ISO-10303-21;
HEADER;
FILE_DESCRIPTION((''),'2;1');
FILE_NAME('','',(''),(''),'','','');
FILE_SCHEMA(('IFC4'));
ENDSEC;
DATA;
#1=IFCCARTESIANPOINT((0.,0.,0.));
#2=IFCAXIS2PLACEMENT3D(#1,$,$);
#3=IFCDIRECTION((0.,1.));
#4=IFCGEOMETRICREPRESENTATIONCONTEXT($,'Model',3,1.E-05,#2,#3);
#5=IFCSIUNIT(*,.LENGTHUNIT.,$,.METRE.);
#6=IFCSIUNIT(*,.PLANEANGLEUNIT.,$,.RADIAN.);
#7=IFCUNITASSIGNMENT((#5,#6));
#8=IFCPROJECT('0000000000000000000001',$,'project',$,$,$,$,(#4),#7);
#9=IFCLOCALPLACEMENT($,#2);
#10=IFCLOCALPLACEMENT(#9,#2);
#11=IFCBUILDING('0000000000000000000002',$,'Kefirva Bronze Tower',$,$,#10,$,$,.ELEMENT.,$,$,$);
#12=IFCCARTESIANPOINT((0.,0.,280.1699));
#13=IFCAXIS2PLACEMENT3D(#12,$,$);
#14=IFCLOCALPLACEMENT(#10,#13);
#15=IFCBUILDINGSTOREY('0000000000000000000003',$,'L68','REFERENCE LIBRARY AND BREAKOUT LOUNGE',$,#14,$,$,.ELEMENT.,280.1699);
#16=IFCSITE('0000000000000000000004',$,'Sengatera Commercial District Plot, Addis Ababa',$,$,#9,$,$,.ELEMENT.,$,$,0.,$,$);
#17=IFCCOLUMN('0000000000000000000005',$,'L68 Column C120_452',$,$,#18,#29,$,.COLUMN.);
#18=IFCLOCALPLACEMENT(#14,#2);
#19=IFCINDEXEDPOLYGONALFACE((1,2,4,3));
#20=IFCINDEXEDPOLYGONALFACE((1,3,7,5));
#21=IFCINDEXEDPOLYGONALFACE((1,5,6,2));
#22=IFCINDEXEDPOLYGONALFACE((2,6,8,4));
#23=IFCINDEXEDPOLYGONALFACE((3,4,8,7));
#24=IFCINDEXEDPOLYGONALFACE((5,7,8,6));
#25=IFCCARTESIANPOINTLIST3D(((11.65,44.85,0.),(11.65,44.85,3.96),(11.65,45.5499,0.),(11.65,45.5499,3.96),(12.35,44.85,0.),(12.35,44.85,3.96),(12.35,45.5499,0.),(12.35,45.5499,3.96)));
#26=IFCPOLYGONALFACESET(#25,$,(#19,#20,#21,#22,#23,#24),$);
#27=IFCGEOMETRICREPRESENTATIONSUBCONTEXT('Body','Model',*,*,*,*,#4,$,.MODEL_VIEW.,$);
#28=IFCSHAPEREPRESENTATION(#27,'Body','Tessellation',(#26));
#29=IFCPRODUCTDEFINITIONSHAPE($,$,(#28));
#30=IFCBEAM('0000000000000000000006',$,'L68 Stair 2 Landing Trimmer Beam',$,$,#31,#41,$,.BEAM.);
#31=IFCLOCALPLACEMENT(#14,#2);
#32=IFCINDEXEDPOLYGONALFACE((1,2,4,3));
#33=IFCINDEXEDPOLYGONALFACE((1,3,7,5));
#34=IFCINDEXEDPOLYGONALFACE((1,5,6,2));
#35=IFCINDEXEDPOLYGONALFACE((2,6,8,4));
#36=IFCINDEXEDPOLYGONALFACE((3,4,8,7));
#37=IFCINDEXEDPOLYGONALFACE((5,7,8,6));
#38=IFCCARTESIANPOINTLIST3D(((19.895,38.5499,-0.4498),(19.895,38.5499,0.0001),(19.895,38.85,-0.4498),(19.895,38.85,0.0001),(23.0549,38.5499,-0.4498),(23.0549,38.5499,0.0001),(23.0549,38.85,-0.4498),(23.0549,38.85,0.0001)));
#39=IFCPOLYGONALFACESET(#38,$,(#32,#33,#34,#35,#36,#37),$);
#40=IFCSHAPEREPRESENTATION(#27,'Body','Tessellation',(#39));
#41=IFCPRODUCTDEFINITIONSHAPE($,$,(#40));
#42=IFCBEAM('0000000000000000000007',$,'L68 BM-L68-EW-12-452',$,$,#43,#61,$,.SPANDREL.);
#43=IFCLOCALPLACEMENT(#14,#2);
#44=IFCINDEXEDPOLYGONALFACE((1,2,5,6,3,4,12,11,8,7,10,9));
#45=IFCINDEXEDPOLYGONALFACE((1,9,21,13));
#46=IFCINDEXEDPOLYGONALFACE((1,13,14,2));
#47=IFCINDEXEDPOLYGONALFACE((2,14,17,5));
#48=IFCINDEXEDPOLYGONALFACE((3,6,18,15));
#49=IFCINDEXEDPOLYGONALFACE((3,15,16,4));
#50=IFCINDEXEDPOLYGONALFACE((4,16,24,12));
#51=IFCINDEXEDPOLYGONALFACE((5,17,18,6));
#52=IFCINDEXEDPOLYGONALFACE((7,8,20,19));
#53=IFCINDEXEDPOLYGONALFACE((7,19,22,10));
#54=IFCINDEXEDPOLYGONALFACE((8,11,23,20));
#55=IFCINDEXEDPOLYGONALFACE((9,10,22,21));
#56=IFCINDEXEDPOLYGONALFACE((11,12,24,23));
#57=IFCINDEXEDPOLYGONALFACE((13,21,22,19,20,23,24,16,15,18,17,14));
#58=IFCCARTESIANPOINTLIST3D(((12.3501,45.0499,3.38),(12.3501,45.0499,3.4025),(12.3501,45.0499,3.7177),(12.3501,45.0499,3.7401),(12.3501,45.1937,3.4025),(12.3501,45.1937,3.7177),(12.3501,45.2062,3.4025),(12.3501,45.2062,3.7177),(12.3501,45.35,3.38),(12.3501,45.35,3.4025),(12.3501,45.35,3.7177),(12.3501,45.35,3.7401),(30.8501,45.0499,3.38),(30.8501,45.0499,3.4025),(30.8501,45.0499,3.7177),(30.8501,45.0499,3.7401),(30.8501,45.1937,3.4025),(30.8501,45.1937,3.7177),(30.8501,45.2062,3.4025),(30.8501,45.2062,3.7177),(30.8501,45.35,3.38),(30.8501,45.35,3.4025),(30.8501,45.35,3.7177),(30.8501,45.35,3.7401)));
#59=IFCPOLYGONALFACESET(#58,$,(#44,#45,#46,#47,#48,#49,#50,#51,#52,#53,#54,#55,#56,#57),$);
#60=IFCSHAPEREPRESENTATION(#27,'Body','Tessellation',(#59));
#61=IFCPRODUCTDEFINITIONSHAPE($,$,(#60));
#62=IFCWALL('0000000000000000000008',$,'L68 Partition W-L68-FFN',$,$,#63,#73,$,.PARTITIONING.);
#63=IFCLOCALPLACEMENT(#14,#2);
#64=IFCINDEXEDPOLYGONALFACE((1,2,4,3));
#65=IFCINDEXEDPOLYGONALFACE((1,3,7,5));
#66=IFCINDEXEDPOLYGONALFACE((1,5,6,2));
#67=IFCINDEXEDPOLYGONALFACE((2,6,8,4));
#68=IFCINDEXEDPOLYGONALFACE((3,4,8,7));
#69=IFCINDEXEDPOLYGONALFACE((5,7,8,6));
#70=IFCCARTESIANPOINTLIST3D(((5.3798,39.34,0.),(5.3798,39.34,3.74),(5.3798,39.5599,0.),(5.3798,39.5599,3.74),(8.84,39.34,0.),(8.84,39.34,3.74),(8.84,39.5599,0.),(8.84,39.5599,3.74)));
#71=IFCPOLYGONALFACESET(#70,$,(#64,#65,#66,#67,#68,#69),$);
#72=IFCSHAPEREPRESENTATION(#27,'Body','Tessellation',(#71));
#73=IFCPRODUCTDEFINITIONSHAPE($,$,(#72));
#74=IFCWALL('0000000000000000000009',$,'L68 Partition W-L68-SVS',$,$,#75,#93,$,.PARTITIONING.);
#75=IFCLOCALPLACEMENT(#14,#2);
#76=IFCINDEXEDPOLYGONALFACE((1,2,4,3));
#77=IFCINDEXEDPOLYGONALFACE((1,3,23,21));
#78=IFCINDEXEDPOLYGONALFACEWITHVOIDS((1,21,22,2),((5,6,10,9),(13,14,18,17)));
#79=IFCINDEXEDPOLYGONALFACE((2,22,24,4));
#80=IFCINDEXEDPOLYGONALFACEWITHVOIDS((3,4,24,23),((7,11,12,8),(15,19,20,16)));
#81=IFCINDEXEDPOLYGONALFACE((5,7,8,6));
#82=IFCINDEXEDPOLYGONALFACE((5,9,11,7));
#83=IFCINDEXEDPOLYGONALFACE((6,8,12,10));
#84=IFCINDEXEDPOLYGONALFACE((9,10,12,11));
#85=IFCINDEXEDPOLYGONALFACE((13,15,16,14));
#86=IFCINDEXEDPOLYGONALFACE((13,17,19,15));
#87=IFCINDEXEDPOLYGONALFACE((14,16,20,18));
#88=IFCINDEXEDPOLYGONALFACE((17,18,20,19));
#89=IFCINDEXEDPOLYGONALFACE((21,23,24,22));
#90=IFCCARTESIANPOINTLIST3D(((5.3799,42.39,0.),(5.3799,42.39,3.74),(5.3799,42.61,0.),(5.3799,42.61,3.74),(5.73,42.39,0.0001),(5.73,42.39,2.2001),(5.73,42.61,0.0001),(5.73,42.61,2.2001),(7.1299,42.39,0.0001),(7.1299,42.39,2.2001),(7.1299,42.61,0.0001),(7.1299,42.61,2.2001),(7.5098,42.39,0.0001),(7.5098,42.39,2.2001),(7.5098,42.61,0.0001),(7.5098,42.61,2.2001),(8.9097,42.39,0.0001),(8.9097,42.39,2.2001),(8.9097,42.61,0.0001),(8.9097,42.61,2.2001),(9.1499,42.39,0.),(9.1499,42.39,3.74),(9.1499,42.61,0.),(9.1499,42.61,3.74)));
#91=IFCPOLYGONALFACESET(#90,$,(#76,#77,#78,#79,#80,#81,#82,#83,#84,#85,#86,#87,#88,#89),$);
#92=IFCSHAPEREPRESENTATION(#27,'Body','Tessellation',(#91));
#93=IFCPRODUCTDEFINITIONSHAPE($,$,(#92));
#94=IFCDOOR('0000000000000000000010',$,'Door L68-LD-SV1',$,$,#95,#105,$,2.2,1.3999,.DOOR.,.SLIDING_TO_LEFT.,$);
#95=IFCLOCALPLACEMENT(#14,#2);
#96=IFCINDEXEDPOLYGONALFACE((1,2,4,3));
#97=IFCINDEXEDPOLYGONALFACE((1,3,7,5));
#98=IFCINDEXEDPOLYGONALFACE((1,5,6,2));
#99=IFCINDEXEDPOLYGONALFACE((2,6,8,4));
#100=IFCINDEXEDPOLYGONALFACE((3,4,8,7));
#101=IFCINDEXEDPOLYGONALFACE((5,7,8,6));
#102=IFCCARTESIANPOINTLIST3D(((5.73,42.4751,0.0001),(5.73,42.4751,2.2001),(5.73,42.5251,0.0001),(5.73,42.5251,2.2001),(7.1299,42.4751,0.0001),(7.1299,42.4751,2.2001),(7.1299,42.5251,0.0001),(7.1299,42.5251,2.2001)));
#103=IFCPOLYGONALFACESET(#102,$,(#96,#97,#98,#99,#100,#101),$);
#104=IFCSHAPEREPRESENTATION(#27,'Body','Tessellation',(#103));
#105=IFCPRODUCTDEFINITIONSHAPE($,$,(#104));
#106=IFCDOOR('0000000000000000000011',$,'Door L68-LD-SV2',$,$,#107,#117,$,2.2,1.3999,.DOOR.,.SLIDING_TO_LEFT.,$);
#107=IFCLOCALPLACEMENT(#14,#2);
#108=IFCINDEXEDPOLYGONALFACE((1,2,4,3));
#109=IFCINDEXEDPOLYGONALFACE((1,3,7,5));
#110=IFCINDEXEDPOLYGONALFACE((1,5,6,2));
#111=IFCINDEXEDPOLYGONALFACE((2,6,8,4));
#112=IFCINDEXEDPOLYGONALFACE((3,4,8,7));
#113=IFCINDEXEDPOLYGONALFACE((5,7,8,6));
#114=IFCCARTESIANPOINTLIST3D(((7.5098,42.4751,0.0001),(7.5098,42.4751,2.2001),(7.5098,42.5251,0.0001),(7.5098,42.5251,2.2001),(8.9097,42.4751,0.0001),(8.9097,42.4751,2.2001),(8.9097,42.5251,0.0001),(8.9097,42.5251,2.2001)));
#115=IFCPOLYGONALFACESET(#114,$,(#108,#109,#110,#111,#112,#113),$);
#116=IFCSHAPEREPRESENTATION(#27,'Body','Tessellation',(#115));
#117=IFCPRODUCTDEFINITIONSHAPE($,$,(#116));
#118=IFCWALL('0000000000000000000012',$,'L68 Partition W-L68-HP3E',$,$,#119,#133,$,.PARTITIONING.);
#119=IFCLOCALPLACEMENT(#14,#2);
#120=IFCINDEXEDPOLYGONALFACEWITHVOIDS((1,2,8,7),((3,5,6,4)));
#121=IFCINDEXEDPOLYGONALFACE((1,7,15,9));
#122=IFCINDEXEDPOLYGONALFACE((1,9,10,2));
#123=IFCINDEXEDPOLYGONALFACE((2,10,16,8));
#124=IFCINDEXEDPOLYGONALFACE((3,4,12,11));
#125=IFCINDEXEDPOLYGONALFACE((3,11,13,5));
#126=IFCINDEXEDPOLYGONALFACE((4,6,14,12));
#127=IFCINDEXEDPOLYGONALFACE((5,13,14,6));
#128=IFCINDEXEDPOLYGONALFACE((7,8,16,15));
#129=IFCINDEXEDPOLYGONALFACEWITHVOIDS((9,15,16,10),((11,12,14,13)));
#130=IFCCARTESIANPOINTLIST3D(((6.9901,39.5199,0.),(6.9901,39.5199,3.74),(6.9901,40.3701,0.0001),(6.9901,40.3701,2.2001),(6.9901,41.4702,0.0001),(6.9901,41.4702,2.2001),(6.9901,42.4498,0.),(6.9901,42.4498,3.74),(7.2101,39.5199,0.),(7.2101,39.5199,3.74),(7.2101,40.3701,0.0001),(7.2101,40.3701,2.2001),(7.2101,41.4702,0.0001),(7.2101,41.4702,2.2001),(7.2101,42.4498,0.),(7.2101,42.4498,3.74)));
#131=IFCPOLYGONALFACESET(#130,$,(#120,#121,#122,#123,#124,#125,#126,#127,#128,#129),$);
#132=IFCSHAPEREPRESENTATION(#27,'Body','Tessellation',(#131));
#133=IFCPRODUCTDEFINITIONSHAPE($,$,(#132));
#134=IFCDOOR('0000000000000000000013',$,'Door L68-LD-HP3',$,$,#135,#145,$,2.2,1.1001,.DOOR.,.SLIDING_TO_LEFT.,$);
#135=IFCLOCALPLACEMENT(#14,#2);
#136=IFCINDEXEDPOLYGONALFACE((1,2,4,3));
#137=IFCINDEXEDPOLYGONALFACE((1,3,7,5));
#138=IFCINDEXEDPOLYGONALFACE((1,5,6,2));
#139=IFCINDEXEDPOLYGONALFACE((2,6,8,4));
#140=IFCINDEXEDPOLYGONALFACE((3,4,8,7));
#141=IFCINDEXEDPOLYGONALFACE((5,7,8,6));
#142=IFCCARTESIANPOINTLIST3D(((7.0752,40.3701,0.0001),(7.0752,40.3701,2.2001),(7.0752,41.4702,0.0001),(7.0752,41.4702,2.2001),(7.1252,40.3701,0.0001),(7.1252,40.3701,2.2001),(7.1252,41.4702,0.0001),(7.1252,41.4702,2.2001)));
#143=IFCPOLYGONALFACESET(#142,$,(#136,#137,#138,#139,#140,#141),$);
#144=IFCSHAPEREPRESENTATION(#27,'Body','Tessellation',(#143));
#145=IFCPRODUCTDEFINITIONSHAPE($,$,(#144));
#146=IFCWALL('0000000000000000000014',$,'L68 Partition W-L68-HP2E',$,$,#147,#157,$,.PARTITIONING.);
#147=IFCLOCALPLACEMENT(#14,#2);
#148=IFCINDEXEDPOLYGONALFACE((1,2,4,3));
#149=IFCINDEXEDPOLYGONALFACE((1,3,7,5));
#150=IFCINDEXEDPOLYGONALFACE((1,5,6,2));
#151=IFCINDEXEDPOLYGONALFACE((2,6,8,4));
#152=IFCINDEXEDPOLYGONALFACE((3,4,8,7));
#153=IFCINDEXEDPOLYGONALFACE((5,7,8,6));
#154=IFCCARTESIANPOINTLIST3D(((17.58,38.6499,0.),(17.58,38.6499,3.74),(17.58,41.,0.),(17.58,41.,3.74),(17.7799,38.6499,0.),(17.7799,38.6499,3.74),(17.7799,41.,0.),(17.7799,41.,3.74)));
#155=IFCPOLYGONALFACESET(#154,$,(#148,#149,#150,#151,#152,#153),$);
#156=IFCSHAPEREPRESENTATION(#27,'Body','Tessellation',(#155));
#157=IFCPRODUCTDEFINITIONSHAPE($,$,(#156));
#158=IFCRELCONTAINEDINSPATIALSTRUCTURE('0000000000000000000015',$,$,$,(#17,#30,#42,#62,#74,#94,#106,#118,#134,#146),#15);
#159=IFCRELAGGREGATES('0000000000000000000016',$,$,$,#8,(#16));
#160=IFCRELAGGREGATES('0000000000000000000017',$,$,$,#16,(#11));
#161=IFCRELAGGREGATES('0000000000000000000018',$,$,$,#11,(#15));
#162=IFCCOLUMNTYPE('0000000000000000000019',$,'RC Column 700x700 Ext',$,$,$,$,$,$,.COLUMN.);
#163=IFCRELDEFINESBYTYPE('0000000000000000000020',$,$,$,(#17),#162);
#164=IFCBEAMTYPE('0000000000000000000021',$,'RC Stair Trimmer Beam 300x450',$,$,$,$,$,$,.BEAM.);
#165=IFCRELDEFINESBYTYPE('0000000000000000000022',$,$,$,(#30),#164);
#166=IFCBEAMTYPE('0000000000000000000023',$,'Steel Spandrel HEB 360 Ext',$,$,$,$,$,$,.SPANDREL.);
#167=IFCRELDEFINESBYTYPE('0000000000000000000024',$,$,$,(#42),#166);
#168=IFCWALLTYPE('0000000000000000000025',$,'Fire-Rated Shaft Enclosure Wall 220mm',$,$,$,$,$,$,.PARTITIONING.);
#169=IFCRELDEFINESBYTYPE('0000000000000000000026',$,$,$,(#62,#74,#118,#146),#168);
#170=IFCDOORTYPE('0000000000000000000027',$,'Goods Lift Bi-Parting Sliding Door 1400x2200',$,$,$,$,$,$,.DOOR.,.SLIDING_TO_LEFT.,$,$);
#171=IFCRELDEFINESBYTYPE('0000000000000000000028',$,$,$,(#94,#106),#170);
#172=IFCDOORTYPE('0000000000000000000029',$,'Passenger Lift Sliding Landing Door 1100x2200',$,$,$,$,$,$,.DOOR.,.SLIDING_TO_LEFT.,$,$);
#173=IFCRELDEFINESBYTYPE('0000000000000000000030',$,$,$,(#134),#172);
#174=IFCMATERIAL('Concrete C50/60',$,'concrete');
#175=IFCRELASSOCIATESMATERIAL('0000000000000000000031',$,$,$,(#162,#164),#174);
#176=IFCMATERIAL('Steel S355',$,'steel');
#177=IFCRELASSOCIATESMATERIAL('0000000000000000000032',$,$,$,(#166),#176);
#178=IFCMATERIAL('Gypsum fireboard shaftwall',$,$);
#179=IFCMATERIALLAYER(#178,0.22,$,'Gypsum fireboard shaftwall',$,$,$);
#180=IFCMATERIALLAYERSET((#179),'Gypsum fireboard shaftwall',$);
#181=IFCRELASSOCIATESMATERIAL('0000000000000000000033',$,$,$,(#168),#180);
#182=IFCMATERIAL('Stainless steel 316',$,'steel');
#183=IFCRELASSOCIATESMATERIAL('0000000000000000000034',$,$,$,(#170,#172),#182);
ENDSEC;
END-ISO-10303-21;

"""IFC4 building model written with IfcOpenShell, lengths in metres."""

from ifc_helpers import new_model, si_unit, direction, frame, frame_2d, origin, origin_2d, place, context, subcontext, project, spatial, rectangle, i_section, extrude, material, layer, layer_set, material_profile, profile_set, type_object, element, fill, save


model = new_model("IFC4")

# Units and contexts
model_context = context("Model", 3, precision=1e-05, world=origin(), true_north=direction((0.0, 1.0)))
body_context = subcontext(model_context, "Body", "Model", "MODEL_VIEW")
ifc_project = project(units=[si_unit("LENGTHUNIT", "METRE"), si_unit("PLANEANGLEUNIT", "RADIAN")], contexts=[model_context])

# Site, building, storey
site_placement = place(None, origin())
site = spatial("IfcSite", under=ifc_project, at=site_placement, Name="Sengatera Commercial District Plot, Addis Ababa", CompositionType="ELEMENT", RefElevation=0.0)
building_placement = place(site_placement, origin())
building = spatial("IfcBuilding", under=site, at=building_placement, Name="Kefirva Bronze Tower", CompositionType="ELEMENT")
storey_placement = place(building_placement, frame((0.0, 0.0, 280.1699)))
storey = spatial("IfcBuildingStorey", under=building, at=storey_placement, Name="L68", Description="REFERENCE LIBRARY AND BREAKOUT LOUNGE", CompositionType="ELEMENT", Elevation=280.1699)

# Column
ifc_material_1 = material(Name="Concrete C50/60", Category="concrete")
ifc_material_profile_1 = material_profile(ifc_material_1, rectangle(XDim=0.7, YDim=0.7, at=origin_2d()), Name="RC 700x700")
ifc_profile_set_1 = profile_set([ifc_material_profile_1], Name="Concrete C50/60")
column_type = type_object("IfcColumnType", Name="RC Column 700x700 Ext", PredefinedType="COLUMN", material=ifc_profile_set_1)
column_placement = place(storey_placement, frame((12.0, 45.2, 0.0), z_axis=(0.0, 0.0, 1.0), x_axis=(1.0, 0.0, 0.0)))
element("IfcColumn", 1, at=column_placement, inside=storey, type_object=column_type, Name="L68 Column C120_452", PredefinedType="COLUMN", context=body_context, shape_type="SweptSolid", body=[
    extrude(rectangle(XDim=0.7, YDim=0.7, at=origin_2d()), origin(), (0.0, 0.0, 1.0), 3.96),
])

# Beams
ifc_material_profile_2 = material_profile(ifc_material_1, rectangle(XDim=0.3, YDim=0.45, at=origin_2d()), Name="RC 300x450")
ifc_profile_set_2 = profile_set([ifc_material_profile_2], Name="Concrete C50/60")
beam_type_1 = type_object("IfcBeamType", Name="RC Stair Trimmer Beam 300x450", PredefinedType="BEAM", material=ifc_profile_set_2)
beam_1_placement = place(storey_placement, frame((19.895, 38.7, -0.2249), z_axis=(1.0, 0.0, 0.0), x_axis=(0.0, 1.0, 0.0)))
element("IfcBeam", 2, at=beam_1_placement, inside=storey, type_object=beam_type_1, Name="L68 Stair 2 Landing Trimmer Beam", PredefinedType="BEAM", context=body_context, shape_type="SweptSolid", body=[
    extrude(rectangle(XDim=0.3, YDim=0.45, at=origin_2d()), origin(), (0.0, 0.0, 1.0), 3.1599),
])
ifc_material_2 = material(Name="Steel S355", Category="steel")
ifc_material_profile_3 = material_profile(ifc_material_2, i_section(OverallWidth=0.3, OverallDepth=0.3601, WebThickness=0.0125, FlangeThickness=0.0225, at=origin_2d()), Name="HEB 360")
ifc_profile_set_3 = profile_set([ifc_material_profile_3], Name="Steel S355")
beam_type_2 = type_object("IfcBeamType", Name="Steel Spandrel HEB 360 Ext", PredefinedType="SPANDREL", material=ifc_profile_set_3)
beam_2_placement = place(storey_placement, frame((12.3501, 45.2, 3.5601), z_axis=(1.0, 0.0, 0.0), x_axis=(0.0, 1.0, 0.0)))
element("IfcBeam", 3, at=beam_2_placement, inside=storey, type_object=beam_type_2, Name="L68 BM-L68-EW-12-452", PredefinedType="SPANDREL", context=body_context, shape_type="SweptSolid", body=[
    extrude(i_section(OverallWidth=0.3, OverallDepth=0.3601, WebThickness=0.0125, FlangeThickness=0.0225, at=origin_2d()), origin(), (0.0, 0.0, 1.0), 18.5),
])

# Wall
ifc_material_3 = material(Name="Gypsum fireboard shaftwall")
ifc_layer_1 = layer(ifc_material_3, 0.22, Name="Gypsum fireboard shaftwall")
ifc_layer_set_1 = layer_set([ifc_layer_1], Name="Gypsum fireboard shaftwall")
wall_type_1 = type_object("IfcWallType", Name="Fire-Rated Shaft Enclosure Wall 220mm", PredefinedType="PARTITIONING", material=ifc_layer_set_1)
wall_1_placement = place(storey_placement, frame((5.3799, 39.45, 0.0), z_axis=(0.0, 0.0, 1.0), x_axis=(1.0, 0.0, 0.0)))
element("IfcWall", 4, at=wall_1_placement, inside=storey, type_object=wall_type_1, Name="L68 Partition W-L68-FFN", PredefinedType="PARTITIONING", context=body_context, shape_type="SweptSolid", body=[
    extrude(rectangle(XDim=3.4602, YDim=0.22, at=frame_2d((1.73, 0.0))), origin(), (0.0, 0.0, 1.0), 3.74),
])

# Wall, openings, doors
wall_2_placement = place(storey_placement, frame((5.3799, 42.5, 0.0), z_axis=(0.0, 0.0, 1.0), x_axis=(1.0, 0.0, 0.0)))
wall_2 = element("IfcWall", 5, at=wall_2_placement, inside=storey, type_object=wall_type_1, Name="L68 Partition W-L68-SVS", PredefinedType="PARTITIONING", context=body_context, shape_type="SweptSolid", body=[
    extrude(rectangle(XDim=3.77, YDim=0.22, at=frame_2d((1.885, 0.0))), origin(), (0.0, 0.0, 1.0), 3.74),
])
opening_1_placement = place(wall_2_placement, frame((1.75, 0.0, 0.0), z_axis=(0.0, 0.0, 1.0), x_axis=(-1.0, 0.0, 0.0)))
opening_1 = element("IfcOpeningElement", 6, at=opening_1_placement, cuts=wall_2, PredefinedType="OPENING", context=body_context, shape_type="SweptSolid", body=[
    extrude(rectangle(XDim=1.3999, YDim=2.2, at=frame_2d((0.7, 1.1001))), frame((0.0, 0.1201, 0.0), z_axis=(0.0, -1.0, 0.0), x_axis=(1.0, 0.0, 0.0)), (0.0, 0.0, 1.0), 0.24),
])
opening_2_placement = place(wall_2_placement, frame((3.5298, 0.0, 0.0), z_axis=(0.0, 0.0, 1.0), x_axis=(-1.0, 0.0, 0.0)))
opening_2 = element("IfcOpeningElement", 7, at=opening_2_placement, cuts=wall_2, PredefinedType="OPENING", context=body_context, shape_type="SweptSolid", body=[
    extrude(rectangle(XDim=1.3999, YDim=2.2, at=frame_2d((0.7, 1.1001))), frame((0.0, 0.1201, 0.0), z_axis=(0.0, -1.0, 0.0), x_axis=(1.0, 0.0, 0.0)), (0.0, 0.0, 1.0), 0.24),
])
ifc_material_4 = material(Name="Stainless steel 316", Category="steel")
door_type_1 = type_object("IfcDoorType", Name="Goods Lift Bi-Parting Sliding Door 1400x2200", OperationType="SLIDING_TO_LEFT", PredefinedType="DOOR", material=ifc_material_4)
door_1_placement = place(opening_1_placement, origin())
door_1 = element("IfcDoor", 8, at=door_1_placement, inside=storey, type_object=door_type_1, Name="Door L68-LD-SV1", OperationType="SLIDING_TO_LEFT", OverallHeight=2.2, OverallWidth=1.3999, PredefinedType="DOOR", context=body_context, shape_type="SweptSolid", body=[
    extrude(rectangle(XDim=1.3999, YDim=2.2, at=frame_2d((0.7, 1.1001))), frame((0.0, 0.0249, 0.0), z_axis=(0.0, -1.0, 0.0), x_axis=(1.0, 0.0, 0.0)), (0.0, 0.0, 1.0), 0.05),
])
fill(opening_1, door_1)
door_2_placement = place(opening_2_placement, origin())
door_2 = element("IfcDoor", 9, at=door_2_placement, inside=storey, type_object=door_type_1, Name="Door L68-LD-SV2", OperationType="SLIDING_TO_LEFT", OverallHeight=2.2, OverallWidth=1.3999, PredefinedType="DOOR", context=body_context, shape_type="SweptSolid", body=[
    extrude(rectangle(XDim=1.3999, YDim=2.2, at=frame_2d((0.7, 1.1001))), frame((0.0, 0.0249, 0.0), z_axis=(0.0, -1.0, 0.0), x_axis=(1.0, 0.0, 0.0)), (0.0, 0.0, 1.0), 0.05),
])
fill(opening_2, door_2)

# Wall, opening, door
wall_3_placement = place(storey_placement, frame((7.1001, 39.52, 0.0), z_axis=(0.0, 0.0, 1.0), x_axis=(0.0, 1.0, 0.0)))
wall_3 = element("IfcWall", 10, at=wall_3_placement, inside=storey, type_object=wall_type_1, Name="L68 Partition W-L68-HP3E", PredefinedType="PARTITIONING", context=body_context, shape_type="SweptSolid", body=[
    extrude(rectangle(XDim=2.9299, YDim=0.22, at=frame_2d((1.4648, 0.0))), origin(), (0.0, 0.0, 1.0), 3.74),
])
opening_3_placement = place(wall_3_placement, frame((0.8501, 0.0, 0.0)))
opening_3 = element("IfcOpeningElement", 11, at=opening_3_placement, cuts=wall_3, PredefinedType="OPENING", context=body_context, shape_type="SweptSolid", body=[
    extrude(rectangle(XDim=1.1001, YDim=2.2, at=frame_2d((0.55, 1.1001))), frame((0.0, 0.1201, 0.0), z_axis=(0.0, -1.0, 0.0), x_axis=(1.0, 0.0, 0.0)), (0.0, 0.0, 1.0), 0.24),
])
door_type_2 = type_object("IfcDoorType", Name="Passenger Lift Sliding Landing Door 1100x2200", OperationType="SLIDING_TO_LEFT", PredefinedType="DOOR", material=ifc_material_4)
door_3_placement = place(opening_3_placement, origin())
door_3 = element("IfcDoor", 12, at=door_3_placement, inside=storey, type_object=door_type_2, Name="Door L68-LD-HP3", OperationType="SLIDING_TO_LEFT", OverallHeight=2.2, OverallWidth=1.1001, PredefinedType="DOOR", context=body_context, shape_type="SweptSolid", body=[
    extrude(rectangle(XDim=1.1001, YDim=2.2, at=frame_2d((0.55, 1.1001))), frame((0.0, 0.0249, 0.0), z_axis=(0.0, -1.0, 0.0), x_axis=(1.0, 0.0, 0.0)), (0.0, 0.0, 1.0), 0.05),
])
fill(opening_3, door_3)

# Wall
wall_4_placement = place(storey_placement, frame((17.6799, 38.6499, 0.0), z_axis=(0.0, 0.0, 1.0), x_axis=(0.0, 1.0, 0.0)))
element("IfcWall", 13, at=wall_4_placement, inside=storey, type_object=wall_type_1, Name="L68 Partition W-L68-HP2E", PredefinedType="PARTITIONING", context=body_context, shape_type="SweptSolid", body=[
    extrude(rectangle(XDim=2.3501, YDim=0.2, at=frame_2d((1.175, 0.0))), origin(), (0.0, 0.0, 1.0), 3.74),
])

save(model, "model.ifc")
